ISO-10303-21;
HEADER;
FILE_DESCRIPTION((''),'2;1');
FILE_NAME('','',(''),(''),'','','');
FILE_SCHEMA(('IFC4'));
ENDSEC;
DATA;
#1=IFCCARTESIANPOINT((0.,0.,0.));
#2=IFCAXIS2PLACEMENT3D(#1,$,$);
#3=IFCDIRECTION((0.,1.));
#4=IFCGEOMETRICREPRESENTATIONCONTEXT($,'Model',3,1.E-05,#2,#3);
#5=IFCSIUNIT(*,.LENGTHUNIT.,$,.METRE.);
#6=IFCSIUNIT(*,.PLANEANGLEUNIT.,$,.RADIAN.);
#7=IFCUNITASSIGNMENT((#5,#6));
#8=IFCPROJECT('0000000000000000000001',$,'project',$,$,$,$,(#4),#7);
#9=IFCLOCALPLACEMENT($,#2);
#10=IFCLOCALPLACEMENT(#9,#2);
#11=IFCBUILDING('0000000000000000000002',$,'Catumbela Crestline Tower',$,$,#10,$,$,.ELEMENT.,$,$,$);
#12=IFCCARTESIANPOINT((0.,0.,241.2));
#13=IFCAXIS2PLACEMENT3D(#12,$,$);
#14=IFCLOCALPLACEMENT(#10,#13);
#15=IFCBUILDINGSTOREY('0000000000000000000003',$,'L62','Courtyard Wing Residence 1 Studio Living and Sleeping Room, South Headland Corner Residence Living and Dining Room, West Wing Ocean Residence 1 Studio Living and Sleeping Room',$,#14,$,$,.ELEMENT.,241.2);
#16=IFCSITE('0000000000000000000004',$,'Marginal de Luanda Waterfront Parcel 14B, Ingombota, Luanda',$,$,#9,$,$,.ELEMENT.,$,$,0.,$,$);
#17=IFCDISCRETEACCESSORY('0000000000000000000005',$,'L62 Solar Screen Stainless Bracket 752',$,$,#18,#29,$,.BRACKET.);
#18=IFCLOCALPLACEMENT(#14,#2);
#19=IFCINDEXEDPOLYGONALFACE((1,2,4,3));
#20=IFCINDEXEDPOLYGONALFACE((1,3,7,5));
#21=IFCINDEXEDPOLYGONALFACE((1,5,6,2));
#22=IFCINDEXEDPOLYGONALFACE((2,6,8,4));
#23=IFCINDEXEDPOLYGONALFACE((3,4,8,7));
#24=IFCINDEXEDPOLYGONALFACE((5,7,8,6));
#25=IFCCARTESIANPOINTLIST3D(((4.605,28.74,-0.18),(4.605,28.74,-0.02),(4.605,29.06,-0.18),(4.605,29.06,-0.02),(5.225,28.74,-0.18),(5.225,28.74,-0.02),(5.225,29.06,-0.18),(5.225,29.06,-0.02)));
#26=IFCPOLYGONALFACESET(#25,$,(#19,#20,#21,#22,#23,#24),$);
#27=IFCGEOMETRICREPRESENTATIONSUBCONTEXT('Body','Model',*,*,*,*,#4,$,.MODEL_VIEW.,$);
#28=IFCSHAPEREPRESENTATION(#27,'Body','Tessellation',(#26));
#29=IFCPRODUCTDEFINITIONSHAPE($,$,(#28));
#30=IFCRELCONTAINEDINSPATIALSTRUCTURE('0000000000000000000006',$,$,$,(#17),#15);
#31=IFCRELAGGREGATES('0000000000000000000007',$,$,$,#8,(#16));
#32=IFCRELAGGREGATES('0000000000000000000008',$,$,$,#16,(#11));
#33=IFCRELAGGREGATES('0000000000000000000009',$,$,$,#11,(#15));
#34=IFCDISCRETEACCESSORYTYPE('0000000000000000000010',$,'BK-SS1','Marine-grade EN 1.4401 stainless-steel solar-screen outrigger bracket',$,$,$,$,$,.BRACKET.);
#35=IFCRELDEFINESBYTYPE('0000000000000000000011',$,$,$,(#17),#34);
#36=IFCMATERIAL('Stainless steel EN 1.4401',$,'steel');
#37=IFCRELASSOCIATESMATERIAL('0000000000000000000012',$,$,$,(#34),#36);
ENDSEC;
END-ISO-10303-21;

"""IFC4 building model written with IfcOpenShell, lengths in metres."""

from ifc_helpers import new_model, si_unit, direction, frame, origin, origin_2d, place, context, subcontext, project, spatial, rectangle, extrude, material, type_object, element, save


model = new_model("IFC4")

# Units and contexts
model_context = context("Model", 3, precision=1e-05, world=origin(), true_north=direction((0.0, 1.0)))
body_context = subcontext(model_context, "Body", "Model", "MODEL_VIEW")
ifc_project = project(units=[si_unit("LENGTHUNIT", "METRE"), si_unit("PLANEANGLEUNIT", "RADIAN")], contexts=[model_context])

# Site, building, storey
site_placement = place(None, origin())
site = spatial("IfcSite", under=ifc_project, at=site_placement, Name="Marginal de Luanda Waterfront Parcel 14B, Ingombota, Luanda", CompositionType="ELEMENT", RefElevation=0.0)
building_placement = place(site_placement, origin())
building = spatial("IfcBuilding", under=site, at=building_placement, Name="Catumbela Crestline Tower", CompositionType="ELEMENT")
storey_placement = place(building_placement, frame((0.0, 0.0, 241.2)))
storey = spatial("IfcBuildingStorey", under=building, at=storey_placement, Name="L62", Description="Courtyard Wing Residence 1 Studio Living and Sleeping Room, South Headland Corner Residence Living and Dining Room, West Wing Ocean Residence 1 Studio Living and Sleeping Room", CompositionType="ELEMENT", Elevation=241.2)

# Discrete accessory
ifc_material_1 = material(Name="Stainless steel EN 1.4401", Category="steel")
discrete_accessory_type = type_object("IfcDiscreteAccessoryType", Name="BK-SS1", Description="Marine-grade EN 1.4401 stainless-steel solar-screen outrigger bracket", PredefinedType="BRACKET", material=ifc_material_1)
discrete_accessory_placement = place(storey_placement, frame((4.915, 28.9, -0.18), z_axis=(0.0, 0.0, 1.0), x_axis=(0.0, -1.0, 0.0)))
element("IfcDiscreteAccessory", 1, at=discrete_accessory_placement, inside=storey, type_object=discrete_accessory_type, Name="L62 Solar Screen Stainless Bracket 752", PredefinedType="BRACKET", context=body_context, shape_type="SweptSolid", body=[
    extrude(rectangle(XDim=0.32, YDim=0.62, at=origin_2d()), origin(), (0.0, 0.0, 1.0), 0.16),
])

save(model, "model.ifc")
